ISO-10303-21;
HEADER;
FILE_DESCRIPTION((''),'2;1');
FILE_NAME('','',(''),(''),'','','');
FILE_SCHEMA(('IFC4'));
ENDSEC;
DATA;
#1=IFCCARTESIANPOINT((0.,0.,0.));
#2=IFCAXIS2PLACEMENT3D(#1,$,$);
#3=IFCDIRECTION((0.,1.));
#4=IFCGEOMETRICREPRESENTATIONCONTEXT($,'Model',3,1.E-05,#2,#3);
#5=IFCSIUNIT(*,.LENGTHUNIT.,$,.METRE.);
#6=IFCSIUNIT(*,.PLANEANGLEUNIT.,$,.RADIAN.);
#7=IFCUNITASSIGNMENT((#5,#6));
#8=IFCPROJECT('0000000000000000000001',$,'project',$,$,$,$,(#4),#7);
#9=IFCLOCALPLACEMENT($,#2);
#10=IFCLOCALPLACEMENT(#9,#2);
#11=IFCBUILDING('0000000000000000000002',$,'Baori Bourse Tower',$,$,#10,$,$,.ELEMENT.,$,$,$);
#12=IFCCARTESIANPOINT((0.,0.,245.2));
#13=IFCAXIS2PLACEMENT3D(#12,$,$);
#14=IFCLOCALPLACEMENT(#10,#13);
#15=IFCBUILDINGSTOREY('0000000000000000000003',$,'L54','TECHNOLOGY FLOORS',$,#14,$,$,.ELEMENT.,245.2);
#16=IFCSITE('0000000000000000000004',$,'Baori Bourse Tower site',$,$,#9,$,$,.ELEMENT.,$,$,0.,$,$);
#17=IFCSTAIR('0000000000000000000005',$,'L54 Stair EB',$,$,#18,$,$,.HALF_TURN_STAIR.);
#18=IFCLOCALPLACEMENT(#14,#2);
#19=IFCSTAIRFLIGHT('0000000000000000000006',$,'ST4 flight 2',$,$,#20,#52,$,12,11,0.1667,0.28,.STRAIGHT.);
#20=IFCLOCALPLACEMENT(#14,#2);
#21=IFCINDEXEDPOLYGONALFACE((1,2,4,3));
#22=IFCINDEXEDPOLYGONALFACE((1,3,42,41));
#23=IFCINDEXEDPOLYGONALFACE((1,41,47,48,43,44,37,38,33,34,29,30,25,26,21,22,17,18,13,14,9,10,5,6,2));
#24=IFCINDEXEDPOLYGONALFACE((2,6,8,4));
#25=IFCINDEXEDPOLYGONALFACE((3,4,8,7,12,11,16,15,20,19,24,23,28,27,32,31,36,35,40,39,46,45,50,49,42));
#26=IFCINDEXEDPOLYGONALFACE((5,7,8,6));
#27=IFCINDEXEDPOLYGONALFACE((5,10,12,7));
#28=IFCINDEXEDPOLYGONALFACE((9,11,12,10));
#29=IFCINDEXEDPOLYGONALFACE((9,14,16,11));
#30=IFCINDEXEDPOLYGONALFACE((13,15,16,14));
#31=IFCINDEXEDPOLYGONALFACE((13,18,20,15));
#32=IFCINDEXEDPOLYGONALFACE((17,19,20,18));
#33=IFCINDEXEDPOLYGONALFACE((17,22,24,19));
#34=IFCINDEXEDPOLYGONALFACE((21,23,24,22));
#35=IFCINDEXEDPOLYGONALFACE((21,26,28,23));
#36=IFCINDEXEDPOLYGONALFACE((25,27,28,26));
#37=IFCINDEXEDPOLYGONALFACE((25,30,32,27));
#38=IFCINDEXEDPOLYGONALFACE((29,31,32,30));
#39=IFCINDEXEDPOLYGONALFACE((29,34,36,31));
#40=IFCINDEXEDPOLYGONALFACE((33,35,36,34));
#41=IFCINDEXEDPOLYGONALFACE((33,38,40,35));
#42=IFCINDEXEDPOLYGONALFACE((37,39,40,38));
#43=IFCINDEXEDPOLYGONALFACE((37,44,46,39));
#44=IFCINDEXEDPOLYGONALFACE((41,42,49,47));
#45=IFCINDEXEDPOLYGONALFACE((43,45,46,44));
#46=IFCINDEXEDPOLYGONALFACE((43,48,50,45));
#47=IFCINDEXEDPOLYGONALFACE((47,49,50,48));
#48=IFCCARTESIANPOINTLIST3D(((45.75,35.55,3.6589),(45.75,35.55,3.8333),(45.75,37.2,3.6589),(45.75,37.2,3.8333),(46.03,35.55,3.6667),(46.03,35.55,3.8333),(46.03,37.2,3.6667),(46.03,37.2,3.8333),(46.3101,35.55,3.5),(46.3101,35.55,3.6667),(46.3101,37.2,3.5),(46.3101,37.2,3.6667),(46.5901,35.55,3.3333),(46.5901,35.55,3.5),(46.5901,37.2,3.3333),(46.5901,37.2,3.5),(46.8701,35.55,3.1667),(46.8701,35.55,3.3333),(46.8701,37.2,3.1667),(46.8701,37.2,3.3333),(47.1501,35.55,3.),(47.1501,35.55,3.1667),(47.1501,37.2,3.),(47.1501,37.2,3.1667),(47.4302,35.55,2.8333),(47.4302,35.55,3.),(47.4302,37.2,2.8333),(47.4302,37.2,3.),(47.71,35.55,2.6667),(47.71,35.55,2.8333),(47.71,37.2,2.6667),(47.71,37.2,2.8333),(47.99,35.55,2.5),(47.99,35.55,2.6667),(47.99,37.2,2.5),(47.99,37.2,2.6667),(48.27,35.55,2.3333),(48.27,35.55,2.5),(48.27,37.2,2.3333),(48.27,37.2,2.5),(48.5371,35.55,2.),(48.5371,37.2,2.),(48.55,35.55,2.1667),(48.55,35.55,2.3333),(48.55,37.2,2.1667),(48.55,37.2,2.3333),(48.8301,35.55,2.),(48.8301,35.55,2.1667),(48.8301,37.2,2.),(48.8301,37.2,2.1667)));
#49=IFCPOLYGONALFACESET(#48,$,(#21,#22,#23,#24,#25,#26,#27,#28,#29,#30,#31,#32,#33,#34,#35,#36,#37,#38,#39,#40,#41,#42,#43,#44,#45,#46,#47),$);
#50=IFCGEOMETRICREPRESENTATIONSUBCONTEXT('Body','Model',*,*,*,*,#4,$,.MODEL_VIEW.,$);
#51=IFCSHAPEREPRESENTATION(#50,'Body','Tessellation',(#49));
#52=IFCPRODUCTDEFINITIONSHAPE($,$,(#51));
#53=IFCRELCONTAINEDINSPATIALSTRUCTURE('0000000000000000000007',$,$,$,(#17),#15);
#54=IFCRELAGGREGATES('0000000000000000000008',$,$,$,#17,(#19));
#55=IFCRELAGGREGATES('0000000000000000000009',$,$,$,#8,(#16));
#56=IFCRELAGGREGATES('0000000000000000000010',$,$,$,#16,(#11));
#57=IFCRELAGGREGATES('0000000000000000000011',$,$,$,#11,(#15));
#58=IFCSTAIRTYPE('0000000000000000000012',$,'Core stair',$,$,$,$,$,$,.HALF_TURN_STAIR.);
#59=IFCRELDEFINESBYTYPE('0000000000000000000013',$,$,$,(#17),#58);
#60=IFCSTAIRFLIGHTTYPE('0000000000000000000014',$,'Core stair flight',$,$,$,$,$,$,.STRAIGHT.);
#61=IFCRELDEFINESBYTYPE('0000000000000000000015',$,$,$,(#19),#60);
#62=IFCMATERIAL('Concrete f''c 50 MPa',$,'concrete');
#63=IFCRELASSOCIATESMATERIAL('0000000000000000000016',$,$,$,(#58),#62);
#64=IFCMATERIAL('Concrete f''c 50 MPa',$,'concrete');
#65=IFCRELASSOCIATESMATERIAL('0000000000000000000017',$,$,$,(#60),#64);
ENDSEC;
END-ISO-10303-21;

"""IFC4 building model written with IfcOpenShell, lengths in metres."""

from ifc_helpers import new_model, si_unit, direction, frame, origin, place, context, subcontext, project, spatial, polyline, outline, extrude, material, type_object, element, aggregate, save


model = new_model("IFC4")

# Units and contexts
model_context = context("Model", 3, precision=1e-05, world=origin(), true_north=direction((0.0, 1.0)))
body_context = subcontext(model_context, "Body", "Model", "MODEL_VIEW")
ifc_project = project(units=[si_unit("LENGTHUNIT", "METRE"), si_unit("PLANEANGLEUNIT", "RADIAN")], contexts=[model_context])

# Site, building, storey
site_placement = place(None, origin())
site = spatial("IfcSite", under=ifc_project, at=site_placement, Name="Baori Bourse Tower site", CompositionType="ELEMENT", RefElevation=0.0)
building_placement = place(site_placement, origin())
building = spatial("IfcBuilding", under=site, at=building_placement, Name="Baori Bourse Tower", CompositionType="ELEMENT")
storey_placement = place(building_placement, frame((0.0, 0.0, 245.2)))
storey = spatial("IfcBuildingStorey", under=building, at=storey_placement, Name="L54", Description="TECHNOLOGY FLOORS", CompositionType="ELEMENT", Elevation=245.2)

# Stair, stair flight
ifc_material_1 = material(Name="Concrete f'c 50 MPa", Category="concrete")
stair_type = type_object("IfcStairType", Name="Core stair", PredefinedType="HALF_TURN_STAIR", material=ifc_material_1)
stair_placement = place(storey_placement, origin())
stair = element("IfcStair", 1, at=stair_placement, inside=storey, type_object=stair_type, Name="L54 Stair EB", PredefinedType="HALF_TURN_STAIR")
ifc_material_2 = material(Name="Concrete f'c 50 MPa", Category="concrete")
stair_flight_type = type_object("IfcStairFlightType", Name="Core stair flight", PredefinedType="STRAIGHT", material=ifc_material_2)
stair_flight_1_placement = place(storey_placement, frame((48.8301, 36.375, 2.0), z_axis=(0.0, 0.0, 1.0), x_axis=(-1.0, 0.0, 0.0)))
stair_flight_1 = element("IfcStairFlight", 2, at=stair_flight_1_placement, type_object=stair_flight_type, Name="ST4 flight 2", NumberOfRisers=12, NumberOfTreads=11, PredefinedType="STRAIGHT", RiserHeight=0.1667, TreadLength=0.28, context=body_context, shape_type="SweptSolid", body=[
    extrude(outline(polyline([(0.0, 0.0), (0.0, 0.1667), (0.28, 0.1667), (0.28, 0.3333), (0.5601, 0.3333), (0.5601, 0.5), (0.8401, 0.5), (0.8401, 0.6667), (1.1201, 0.6667), (1.1201, 0.8333), (1.3999, 0.8333), (1.3999, 1.0), (1.6799, 1.0), (1.6799, 1.1667), (1.96, 1.1667), (1.96, 1.3333), (2.24, 1.3333), (2.24, 1.5), (2.52, 1.5), (2.52, 1.6667), (2.8, 1.6667), (2.8, 1.8333), (3.0801, 1.8333), (3.0801, 2.0), (3.0801, 1.6589), (0.293, 0.0), (0.0, 0.0)])), frame((0.0, 0.825, 0.0), z_axis=(0.0, -1.0, 0.0), x_axis=(1.0, 0.0, 0.0)), (0.0, 0.0, 1.0), 1.6499),
])
aggregate(stair, [stair_flight_1])

save(model, "model.ifc")
